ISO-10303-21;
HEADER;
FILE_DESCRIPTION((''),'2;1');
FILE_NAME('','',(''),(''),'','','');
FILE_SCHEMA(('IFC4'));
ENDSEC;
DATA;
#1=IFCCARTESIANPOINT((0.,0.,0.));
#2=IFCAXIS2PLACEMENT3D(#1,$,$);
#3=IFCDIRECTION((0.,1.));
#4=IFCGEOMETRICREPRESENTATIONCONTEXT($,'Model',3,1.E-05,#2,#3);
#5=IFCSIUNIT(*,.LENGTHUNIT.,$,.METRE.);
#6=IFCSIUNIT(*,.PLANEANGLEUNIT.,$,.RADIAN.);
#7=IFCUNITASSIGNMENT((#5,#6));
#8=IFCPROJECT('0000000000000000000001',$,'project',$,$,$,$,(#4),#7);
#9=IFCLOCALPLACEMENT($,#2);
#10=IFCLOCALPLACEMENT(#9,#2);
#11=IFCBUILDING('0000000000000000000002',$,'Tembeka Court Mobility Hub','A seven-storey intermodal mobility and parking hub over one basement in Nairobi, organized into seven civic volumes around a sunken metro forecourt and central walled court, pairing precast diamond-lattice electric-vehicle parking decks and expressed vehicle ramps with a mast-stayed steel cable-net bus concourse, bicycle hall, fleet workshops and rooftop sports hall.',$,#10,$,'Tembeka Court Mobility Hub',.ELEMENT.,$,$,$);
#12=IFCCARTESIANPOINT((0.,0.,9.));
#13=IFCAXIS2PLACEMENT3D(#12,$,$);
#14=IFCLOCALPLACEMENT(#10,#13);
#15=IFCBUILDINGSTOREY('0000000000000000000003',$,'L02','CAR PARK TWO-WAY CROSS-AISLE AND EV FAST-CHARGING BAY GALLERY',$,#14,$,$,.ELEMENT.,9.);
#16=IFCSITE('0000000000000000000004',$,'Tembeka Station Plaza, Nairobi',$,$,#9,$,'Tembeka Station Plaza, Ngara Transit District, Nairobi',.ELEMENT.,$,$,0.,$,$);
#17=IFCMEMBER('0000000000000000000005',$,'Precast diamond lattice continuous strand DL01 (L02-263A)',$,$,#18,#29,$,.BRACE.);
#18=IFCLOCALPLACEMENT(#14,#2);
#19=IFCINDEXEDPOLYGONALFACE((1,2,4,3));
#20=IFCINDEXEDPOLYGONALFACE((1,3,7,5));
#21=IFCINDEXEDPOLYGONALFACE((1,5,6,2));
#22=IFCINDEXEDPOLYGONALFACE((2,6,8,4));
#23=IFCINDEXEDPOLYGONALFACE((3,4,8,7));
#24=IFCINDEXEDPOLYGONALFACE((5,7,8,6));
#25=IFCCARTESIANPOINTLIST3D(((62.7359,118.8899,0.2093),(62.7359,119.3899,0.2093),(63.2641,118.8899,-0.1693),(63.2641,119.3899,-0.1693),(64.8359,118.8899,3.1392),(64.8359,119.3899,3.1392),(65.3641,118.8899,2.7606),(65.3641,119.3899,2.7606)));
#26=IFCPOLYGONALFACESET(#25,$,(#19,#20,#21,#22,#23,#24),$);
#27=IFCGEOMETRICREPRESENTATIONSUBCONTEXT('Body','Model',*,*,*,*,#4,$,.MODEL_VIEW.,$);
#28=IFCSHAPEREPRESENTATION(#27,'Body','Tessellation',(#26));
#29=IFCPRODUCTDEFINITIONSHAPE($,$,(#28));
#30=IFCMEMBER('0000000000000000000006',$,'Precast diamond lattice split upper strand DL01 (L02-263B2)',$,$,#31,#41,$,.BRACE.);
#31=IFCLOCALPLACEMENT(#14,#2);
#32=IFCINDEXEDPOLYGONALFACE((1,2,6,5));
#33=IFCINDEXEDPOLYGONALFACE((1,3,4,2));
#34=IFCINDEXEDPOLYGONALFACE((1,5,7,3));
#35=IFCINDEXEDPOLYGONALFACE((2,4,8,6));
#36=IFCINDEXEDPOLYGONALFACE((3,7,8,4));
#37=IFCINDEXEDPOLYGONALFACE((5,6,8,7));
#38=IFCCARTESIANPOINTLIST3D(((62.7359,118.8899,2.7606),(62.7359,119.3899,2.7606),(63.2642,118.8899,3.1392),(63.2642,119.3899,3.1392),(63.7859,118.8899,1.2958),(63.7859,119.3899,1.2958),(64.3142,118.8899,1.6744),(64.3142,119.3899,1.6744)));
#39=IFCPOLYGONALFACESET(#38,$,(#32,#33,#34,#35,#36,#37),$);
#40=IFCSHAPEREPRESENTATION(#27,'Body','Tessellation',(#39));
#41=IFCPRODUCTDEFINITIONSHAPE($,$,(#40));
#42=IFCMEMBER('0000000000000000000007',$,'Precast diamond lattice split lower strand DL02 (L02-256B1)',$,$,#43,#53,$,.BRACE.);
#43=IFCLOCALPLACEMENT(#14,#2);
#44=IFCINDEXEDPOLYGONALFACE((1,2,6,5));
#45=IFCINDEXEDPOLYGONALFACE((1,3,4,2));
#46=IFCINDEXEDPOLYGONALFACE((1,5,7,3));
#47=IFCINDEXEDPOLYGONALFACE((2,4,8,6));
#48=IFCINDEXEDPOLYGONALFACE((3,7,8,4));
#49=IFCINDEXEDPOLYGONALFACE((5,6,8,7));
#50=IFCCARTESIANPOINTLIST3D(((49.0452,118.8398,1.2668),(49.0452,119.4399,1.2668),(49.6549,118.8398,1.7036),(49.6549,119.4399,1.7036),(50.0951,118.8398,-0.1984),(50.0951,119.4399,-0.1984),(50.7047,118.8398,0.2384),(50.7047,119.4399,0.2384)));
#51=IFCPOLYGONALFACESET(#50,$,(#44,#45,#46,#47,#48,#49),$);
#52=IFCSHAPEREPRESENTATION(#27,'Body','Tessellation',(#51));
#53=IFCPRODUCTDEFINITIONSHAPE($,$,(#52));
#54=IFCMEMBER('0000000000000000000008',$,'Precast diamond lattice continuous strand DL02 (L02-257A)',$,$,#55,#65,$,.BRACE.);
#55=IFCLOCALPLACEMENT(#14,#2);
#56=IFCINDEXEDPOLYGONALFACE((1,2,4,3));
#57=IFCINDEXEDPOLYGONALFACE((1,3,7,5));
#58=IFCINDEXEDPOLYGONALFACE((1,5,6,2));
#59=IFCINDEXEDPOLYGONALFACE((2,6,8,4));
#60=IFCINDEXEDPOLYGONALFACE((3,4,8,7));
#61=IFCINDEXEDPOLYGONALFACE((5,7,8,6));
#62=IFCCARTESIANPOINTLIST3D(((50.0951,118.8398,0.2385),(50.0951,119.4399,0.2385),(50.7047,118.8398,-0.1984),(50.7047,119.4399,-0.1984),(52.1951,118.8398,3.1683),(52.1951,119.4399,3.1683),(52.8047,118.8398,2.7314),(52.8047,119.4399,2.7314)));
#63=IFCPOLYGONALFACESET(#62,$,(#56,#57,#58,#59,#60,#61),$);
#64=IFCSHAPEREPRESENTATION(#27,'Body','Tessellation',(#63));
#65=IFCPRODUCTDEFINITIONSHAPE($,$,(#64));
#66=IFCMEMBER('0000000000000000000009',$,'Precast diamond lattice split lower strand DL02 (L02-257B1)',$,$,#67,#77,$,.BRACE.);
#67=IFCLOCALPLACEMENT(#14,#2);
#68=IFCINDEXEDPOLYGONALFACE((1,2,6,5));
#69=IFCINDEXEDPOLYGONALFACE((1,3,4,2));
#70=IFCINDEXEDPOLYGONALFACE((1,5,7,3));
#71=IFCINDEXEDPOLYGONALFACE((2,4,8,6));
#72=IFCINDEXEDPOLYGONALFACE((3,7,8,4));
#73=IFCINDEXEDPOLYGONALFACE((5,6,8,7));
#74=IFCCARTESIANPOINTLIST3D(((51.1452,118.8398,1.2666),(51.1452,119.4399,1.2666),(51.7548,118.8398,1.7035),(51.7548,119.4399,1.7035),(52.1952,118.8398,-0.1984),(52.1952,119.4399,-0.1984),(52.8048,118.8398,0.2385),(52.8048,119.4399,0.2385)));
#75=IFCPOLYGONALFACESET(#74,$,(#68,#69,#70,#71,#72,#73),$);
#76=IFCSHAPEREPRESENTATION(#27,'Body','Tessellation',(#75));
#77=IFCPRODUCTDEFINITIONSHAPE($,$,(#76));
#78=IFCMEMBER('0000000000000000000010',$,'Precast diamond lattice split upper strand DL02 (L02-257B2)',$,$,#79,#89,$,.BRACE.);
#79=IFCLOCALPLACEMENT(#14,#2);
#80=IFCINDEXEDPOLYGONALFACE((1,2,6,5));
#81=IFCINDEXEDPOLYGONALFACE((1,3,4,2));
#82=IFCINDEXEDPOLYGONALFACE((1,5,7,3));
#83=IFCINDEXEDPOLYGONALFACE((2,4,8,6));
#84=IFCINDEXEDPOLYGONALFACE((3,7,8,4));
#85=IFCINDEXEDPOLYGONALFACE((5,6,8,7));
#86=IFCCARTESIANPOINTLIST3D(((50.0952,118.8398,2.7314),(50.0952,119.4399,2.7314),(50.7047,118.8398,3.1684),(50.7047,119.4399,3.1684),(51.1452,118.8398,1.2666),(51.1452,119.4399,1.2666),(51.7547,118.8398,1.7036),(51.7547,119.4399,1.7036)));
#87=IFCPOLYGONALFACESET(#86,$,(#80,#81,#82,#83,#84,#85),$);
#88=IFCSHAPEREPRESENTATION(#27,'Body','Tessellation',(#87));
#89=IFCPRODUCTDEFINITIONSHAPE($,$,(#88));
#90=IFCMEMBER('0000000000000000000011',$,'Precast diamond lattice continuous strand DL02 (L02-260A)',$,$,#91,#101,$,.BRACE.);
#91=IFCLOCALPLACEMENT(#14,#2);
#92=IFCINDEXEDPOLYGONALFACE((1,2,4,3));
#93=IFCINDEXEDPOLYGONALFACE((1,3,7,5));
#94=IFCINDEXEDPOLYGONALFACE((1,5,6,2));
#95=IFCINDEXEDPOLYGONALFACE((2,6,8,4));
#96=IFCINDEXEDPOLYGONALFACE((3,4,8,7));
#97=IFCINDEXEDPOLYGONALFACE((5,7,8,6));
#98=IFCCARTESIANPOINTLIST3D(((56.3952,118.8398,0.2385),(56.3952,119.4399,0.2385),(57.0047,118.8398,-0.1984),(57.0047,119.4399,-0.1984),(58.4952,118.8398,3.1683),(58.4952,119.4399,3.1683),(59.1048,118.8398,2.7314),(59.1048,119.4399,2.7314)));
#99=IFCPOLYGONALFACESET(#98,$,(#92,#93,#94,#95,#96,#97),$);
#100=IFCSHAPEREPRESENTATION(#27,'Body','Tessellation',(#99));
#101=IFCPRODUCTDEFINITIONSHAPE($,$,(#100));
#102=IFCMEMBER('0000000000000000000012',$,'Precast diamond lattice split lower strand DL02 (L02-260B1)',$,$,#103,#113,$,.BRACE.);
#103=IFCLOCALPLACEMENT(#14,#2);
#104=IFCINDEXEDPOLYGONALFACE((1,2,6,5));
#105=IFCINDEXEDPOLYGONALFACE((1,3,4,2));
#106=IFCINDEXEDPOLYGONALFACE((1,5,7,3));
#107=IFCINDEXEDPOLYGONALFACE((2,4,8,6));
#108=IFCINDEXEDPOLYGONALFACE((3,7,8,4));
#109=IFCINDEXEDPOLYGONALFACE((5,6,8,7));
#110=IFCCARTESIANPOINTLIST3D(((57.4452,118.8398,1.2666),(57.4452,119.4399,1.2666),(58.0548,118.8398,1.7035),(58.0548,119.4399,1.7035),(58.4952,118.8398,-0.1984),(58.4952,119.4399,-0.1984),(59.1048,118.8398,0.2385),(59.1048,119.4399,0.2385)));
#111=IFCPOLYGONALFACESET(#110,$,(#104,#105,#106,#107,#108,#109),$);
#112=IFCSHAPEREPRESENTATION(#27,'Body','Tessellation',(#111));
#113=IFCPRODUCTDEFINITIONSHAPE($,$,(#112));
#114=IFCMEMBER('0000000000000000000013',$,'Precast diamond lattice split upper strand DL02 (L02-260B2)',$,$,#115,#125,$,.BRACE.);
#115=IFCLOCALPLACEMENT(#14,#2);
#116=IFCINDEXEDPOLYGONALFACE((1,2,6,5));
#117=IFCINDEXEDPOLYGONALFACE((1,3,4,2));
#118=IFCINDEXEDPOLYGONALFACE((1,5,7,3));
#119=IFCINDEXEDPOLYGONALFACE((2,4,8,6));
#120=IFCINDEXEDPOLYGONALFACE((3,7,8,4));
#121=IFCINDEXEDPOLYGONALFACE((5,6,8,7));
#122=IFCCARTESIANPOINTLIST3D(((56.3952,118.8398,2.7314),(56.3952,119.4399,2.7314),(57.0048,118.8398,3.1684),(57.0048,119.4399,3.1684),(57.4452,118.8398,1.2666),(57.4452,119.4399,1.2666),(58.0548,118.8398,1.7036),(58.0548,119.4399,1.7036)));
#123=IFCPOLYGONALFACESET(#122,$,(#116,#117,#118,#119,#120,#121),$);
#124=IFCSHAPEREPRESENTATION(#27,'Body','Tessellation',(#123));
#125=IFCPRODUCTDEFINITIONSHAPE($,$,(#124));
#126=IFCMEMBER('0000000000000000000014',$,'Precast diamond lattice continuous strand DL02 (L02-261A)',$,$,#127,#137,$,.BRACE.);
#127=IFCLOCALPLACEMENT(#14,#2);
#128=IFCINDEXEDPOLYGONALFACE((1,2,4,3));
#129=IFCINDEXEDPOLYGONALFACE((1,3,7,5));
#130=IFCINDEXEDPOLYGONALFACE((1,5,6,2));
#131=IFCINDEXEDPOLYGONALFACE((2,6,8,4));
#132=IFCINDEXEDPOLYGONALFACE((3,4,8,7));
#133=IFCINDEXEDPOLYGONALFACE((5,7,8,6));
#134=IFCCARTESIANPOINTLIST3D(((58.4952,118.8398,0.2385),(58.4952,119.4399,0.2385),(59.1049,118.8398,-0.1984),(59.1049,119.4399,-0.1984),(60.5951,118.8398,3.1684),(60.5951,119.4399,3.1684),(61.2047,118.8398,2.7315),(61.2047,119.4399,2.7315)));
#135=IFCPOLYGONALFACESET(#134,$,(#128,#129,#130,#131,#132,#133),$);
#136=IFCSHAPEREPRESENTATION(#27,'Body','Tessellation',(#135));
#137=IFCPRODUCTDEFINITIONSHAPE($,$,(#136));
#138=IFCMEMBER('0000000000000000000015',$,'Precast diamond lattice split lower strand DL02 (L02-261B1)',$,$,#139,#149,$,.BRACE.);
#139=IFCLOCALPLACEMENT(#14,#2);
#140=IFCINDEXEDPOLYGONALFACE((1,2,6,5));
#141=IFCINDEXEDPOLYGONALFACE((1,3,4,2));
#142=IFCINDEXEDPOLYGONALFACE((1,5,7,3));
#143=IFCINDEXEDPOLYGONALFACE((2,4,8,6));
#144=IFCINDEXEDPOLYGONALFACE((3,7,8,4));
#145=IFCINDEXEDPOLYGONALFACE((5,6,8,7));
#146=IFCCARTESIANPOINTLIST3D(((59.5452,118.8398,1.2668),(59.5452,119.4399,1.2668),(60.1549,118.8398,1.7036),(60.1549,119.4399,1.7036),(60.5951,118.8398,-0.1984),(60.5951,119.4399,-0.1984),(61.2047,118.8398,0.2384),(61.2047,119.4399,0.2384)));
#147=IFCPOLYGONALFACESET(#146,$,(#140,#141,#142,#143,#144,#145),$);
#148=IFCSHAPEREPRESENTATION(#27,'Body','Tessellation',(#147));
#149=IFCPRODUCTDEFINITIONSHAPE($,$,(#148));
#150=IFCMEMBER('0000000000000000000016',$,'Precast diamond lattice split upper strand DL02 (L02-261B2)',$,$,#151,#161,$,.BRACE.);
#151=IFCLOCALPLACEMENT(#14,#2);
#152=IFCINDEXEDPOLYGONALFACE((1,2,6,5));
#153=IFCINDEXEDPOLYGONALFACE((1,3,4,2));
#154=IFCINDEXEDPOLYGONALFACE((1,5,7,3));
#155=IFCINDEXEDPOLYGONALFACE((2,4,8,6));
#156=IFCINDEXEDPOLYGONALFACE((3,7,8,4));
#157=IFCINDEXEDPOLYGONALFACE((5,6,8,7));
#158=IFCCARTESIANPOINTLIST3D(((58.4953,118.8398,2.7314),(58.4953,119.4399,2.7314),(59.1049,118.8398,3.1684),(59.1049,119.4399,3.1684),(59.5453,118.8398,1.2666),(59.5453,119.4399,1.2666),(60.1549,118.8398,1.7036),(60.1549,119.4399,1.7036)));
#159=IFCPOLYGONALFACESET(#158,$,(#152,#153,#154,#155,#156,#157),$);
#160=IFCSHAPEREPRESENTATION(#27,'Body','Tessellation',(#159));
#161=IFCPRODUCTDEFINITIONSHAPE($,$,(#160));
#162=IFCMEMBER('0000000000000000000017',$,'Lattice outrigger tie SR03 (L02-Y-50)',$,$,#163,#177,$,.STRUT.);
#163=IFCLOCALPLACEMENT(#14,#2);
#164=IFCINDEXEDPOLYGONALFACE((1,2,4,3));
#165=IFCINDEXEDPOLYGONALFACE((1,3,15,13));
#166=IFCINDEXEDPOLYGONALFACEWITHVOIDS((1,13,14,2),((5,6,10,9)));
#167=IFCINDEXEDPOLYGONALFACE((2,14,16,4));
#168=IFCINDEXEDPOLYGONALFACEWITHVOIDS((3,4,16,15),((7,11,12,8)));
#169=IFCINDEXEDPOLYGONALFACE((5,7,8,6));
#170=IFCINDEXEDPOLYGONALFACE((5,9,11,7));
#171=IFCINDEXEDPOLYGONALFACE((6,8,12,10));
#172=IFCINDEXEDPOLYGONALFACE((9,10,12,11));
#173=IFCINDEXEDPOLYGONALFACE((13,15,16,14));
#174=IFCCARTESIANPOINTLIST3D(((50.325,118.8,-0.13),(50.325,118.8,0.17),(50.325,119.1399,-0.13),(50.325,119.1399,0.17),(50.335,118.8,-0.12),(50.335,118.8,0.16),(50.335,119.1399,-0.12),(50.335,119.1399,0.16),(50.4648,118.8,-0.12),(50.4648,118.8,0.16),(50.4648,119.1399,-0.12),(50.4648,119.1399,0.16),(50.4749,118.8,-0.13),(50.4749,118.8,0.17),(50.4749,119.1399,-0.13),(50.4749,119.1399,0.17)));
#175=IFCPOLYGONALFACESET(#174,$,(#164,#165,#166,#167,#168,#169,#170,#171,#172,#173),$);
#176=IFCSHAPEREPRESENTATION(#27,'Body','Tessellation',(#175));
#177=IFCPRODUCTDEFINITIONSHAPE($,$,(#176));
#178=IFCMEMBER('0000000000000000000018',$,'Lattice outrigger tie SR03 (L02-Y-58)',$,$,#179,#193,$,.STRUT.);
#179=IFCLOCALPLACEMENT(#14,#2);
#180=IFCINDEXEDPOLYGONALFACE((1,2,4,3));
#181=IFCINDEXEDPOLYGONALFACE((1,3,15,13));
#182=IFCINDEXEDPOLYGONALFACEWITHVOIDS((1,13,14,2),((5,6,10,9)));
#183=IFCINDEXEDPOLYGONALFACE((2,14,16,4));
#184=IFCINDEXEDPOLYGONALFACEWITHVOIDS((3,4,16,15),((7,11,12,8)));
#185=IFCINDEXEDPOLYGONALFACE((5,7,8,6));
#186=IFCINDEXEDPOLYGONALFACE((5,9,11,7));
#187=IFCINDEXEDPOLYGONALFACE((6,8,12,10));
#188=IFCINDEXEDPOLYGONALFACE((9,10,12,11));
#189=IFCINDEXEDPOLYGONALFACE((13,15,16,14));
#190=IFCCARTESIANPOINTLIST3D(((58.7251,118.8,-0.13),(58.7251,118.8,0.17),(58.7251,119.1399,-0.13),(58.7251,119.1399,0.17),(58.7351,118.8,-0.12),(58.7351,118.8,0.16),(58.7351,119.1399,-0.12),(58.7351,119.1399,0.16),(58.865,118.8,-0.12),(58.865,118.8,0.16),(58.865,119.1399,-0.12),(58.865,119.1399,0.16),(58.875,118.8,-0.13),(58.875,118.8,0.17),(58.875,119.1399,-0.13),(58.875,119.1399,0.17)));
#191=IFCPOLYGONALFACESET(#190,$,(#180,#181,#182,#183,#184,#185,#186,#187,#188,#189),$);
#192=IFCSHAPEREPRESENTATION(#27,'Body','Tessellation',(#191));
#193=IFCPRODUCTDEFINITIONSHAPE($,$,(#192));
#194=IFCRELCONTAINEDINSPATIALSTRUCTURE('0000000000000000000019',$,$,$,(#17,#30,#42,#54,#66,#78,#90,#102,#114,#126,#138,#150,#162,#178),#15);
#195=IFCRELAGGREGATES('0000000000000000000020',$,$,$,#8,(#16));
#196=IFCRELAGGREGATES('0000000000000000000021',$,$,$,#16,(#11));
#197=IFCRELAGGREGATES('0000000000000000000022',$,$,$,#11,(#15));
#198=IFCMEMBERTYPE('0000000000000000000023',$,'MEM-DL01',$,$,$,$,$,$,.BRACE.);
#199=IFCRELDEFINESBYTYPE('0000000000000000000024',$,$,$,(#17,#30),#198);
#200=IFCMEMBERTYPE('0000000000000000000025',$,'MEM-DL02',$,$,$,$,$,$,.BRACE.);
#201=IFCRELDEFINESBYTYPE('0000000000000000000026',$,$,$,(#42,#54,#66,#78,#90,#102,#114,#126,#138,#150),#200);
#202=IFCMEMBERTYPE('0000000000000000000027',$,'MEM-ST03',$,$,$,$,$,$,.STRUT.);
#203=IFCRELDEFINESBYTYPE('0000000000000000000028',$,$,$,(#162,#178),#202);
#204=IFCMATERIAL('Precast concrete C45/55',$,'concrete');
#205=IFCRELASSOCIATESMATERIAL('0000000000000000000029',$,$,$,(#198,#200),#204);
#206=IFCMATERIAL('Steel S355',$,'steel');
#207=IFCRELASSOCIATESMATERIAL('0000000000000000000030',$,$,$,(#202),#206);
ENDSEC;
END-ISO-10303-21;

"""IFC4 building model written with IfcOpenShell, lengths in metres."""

from ifc_helpers import new_model, si_unit, direction, frame, origin, origin_2d, place, context, subcontext, project, spatial, rectangle, hollow_rectangle, extrude, material, material_profile, profile_set, type_object, element, save


model = new_model("IFC4")

# Units and contexts
model_context = context("Model", 3, precision=1e-05, world=origin(), true_north=direction((0.0, 1.0)))
body_context = subcontext(model_context, "Body", "Model", "MODEL_VIEW")
ifc_project = project(units=[si_unit("LENGTHUNIT", "METRE"), si_unit("PLANEANGLEUNIT", "RADIAN")], contexts=[model_context])

# Site, building, storey
site_placement = place(None, origin())
site = spatial("IfcSite", under=ifc_project, at=site_placement, Name="Tembeka Station Plaza, Nairobi", LongName="Tembeka Station Plaza, Ngara Transit District, Nairobi", CompositionType="ELEMENT", RefElevation=0.0)
building_placement = place(site_placement, origin())
building = spatial("IfcBuilding", under=site, at=building_placement, Name="Tembeka Court Mobility Hub", Description="A seven-storey intermodal mobility and parking hub over one basement in Nairobi, organized into seven civic volumes around a sunken metro forecourt and central walled court, pairing precast diamond-lattice electric-vehicle parking decks and expressed vehicle ramps with a mast-stayed steel cable-net bus concourse, bicycle hall, fleet workshops and rooftop sports hall.", LongName="Tembeka Court Mobility Hub", CompositionType="ELEMENT")
storey_placement = place(building_placement, frame((0.0, 0.0, 9.0)))
storey = spatial("IfcBuildingStorey", under=building, at=storey_placement, Name="L02", Description="CAR PARK TWO-WAY CROSS-AISLE AND EV FAST-CHARGING BAY GALLERY", CompositionType="ELEMENT", Elevation=9.0)

# Shared definitions
ifc_material_1 = material(Name="Steel S355", Category="steel")

# Shared definitions
ifc_material_2 = material(Name="Precast concrete C45/55", Category="concrete")

# Members
ifc_material_profile_1 = material_profile(ifc_material_2, rectangle(XDim=0.5, YDim=0.6499, at=origin_2d()), Name="PC-DIAG 500x650")
ifc_profile_set_1 = profile_set([ifc_material_profile_1], Name="Precast concrete C45/55")
member_type_1 = type_object("IfcMemberType", Name="MEM-DL01", PredefinedType="BRACE", material=ifc_profile_set_1)
member_1_placement = place(storey_placement, frame((63.0, 119.1399, 0.02), z_axis=(0.582576, 0.0, 0.812776), x_axis=(0.0, 1.0, 0.0)))
element("IfcMember", 1, at=member_1_placement, inside=storey, type_object=member_type_1, Name="Precast diamond lattice continuous strand DL01 (L02-263A)", PredefinedType="BRACE", context=body_context, shape_type="SweptSolid", body=[
    extrude(rectangle(XDim=0.5, YDim=0.6499, at=origin_2d()), origin(), (0.0, 0.0, 1.0), 3.6047),
])
member_2_placement = place(storey_placement, frame((64.05, 119.1399, 1.4851), z_axis=(-0.582608, 0.0, 0.812753), x_axis=(0.0, -1.0, 0.0)))
element("IfcMember", 2, at=member_2_placement, inside=storey, type_object=member_type_1, Name="Precast diamond lattice split upper strand DL01 (L02-263B2)", PredefinedType="BRACE", context=body_context, shape_type="SweptSolid", body=[
    extrude(rectangle(XDim=0.5, YDim=0.6499, at=origin_2d()), origin(), (0.0, 0.0, 1.0), 1.8022),
])
ifc_material_profile_2 = material_profile(ifc_material_2, rectangle(XDim=0.6001, YDim=0.75, at=origin_2d()), Name="PC-DIAG 600x750")
ifc_profile_set_2 = profile_set([ifc_material_profile_2], Name="Precast concrete C45/55")
member_type_2 = type_object("IfcMemberType", Name="MEM-DL02", PredefinedType="BRACE", material=ifc_profile_set_2)
member_3_placement = place(storey_placement, frame((50.3999, 119.1399, 0.02), z_axis=(-0.582455, 0.0, 0.812863), x_axis=(0.0, -1.0, 0.0)))
element("IfcMember", 3, at=member_3_placement, inside=storey, type_object=member_type_2, Name="Precast diamond lattice split lower strand DL02 (L02-256B1)", PredefinedType="BRACE", context=body_context, shape_type="SweptSolid", body=[
    extrude(rectangle(XDim=0.6001, YDim=0.75, at=origin_2d()), origin(), (0.0, 0.0, 1.0), 1.8025),
])
member_4_placement = place(storey_placement, frame((50.3999, 119.1399, 0.02), z_axis=(0.582576, 0.0, 0.812776), x_axis=(0.0, 1.0, 0.0)))
element("IfcMember", 4, at=member_4_placement, inside=storey, type_object=member_type_2, Name="Precast diamond lattice continuous strand DL02 (L02-257A)", PredefinedType="BRACE", context=body_context, shape_type="SweptSolid", body=[
    extrude(rectangle(XDim=0.6001, YDim=0.75, at=origin_2d()), origin(), (0.0, 0.0, 1.0), 3.6047),
])
member_5_placement = place(storey_placement, frame((52.5, 119.1399, 0.02), z_axis=(-0.582544, 0.0, 0.812799), x_axis=(0.0, -1.0, 0.0)))
element("IfcMember", 5, at=member_5_placement, inside=storey, type_object=member_type_2, Name="Precast diamond lattice split lower strand DL02 (L02-257B1)", PredefinedType="BRACE", context=body_context, shape_type="SweptSolid", body=[
    extrude(rectangle(XDim=0.6001, YDim=0.75, at=origin_2d()), origin(), (0.0, 0.0, 1.0), 1.8025),
])
member_6_placement = place(storey_placement, frame((51.45, 119.1399, 1.4851), z_axis=(-0.582608, 0.0, 0.812753), x_axis=(0.0, -1.0, 0.0)))
element("IfcMember", 6, at=member_6_placement, inside=storey, type_object=member_type_2, Name="Precast diamond lattice split upper strand DL02 (L02-257B2)", PredefinedType="BRACE", context=body_context, shape_type="SweptSolid", body=[
    extrude(rectangle(XDim=0.6001, YDim=0.75, at=origin_2d()), origin(), (0.0, 0.0, 1.0), 1.8022),
])
member_7_placement = place(storey_placement, frame((56.7, 119.1399, 0.02), z_axis=(0.582576, 0.0, 0.812776), x_axis=(0.0, 1.0, 0.0)))
element("IfcMember", 7, at=member_7_placement, inside=storey, type_object=member_type_2, Name="Precast diamond lattice continuous strand DL02 (L02-260A)", PredefinedType="BRACE", context=body_context, shape_type="SweptSolid", body=[
    extrude(rectangle(XDim=0.6001, YDim=0.75, at=origin_2d()), origin(), (0.0, 0.0, 1.0), 3.6047),
])
member_8_placement = place(storey_placement, frame((58.8, 119.1399, 0.02), z_axis=(-0.582544, 0.0, 0.812799), x_axis=(0.0, -1.0, 0.0)))
element("IfcMember", 8, at=member_8_placement, inside=storey, type_object=member_type_2, Name="Precast diamond lattice split lower strand DL02 (L02-260B1)", PredefinedType="BRACE", context=body_context, shape_type="SweptSolid", body=[
    extrude(rectangle(XDim=0.6001, YDim=0.75, at=origin_2d()), origin(), (0.0, 0.0, 1.0), 1.8025),
])
member_9_placement = place(storey_placement, frame((57.75, 119.1399, 1.4851), z_axis=(-0.582608, 0.0, 0.812753), x_axis=(0.0, -1.0, 0.0)))
element("IfcMember", 9, at=member_9_placement, inside=storey, type_object=member_type_2, Name="Precast diamond lattice split upper strand DL02 (L02-260B2)", PredefinedType="BRACE", context=body_context, shape_type="SweptSolid", body=[
    extrude(rectangle(XDim=0.6001, YDim=0.75, at=origin_2d()), origin(), (0.0, 0.0, 1.0), 1.8022),
])
member_10_placement = place(storey_placement, frame((58.8, 119.1399, 0.02), z_axis=(0.582532, 0.0, 0.812808), x_axis=(0.0, 1.0, 0.0)))
element("IfcMember", 10, at=member_10_placement, inside=storey, type_object=member_type_2, Name="Precast diamond lattice continuous strand DL02 (L02-261A)", PredefinedType="BRACE", context=body_context, shape_type="SweptSolid", body=[
    extrude(rectangle(XDim=0.6001, YDim=0.75, at=origin_2d()), origin(), (0.0, 0.0, 1.0), 3.6047),
])
member_11_placement = place(storey_placement, frame((60.8999, 119.1399, 0.02), z_axis=(-0.582455, 0.0, 0.812863), x_axis=(0.0, -1.0, 0.0)))
element("IfcMember", 11, at=member_11_placement, inside=storey, type_object=member_type_2, Name="Precast diamond lattice split lower strand DL02 (L02-261B1)", PredefinedType="BRACE", context=body_context, shape_type="SweptSolid", body=[
    extrude(rectangle(XDim=0.6001, YDim=0.75, at=origin_2d()), origin(), (0.0, 0.0, 1.0), 1.8025),
])
member_12_placement = place(storey_placement, frame((59.8501, 119.1399, 1.4851), z_axis=(-0.582608, 0.0, 0.812753), x_axis=(0.0, -1.0, 0.0)))
element("IfcMember", 12, at=member_12_placement, inside=storey, type_object=member_type_2, Name="Precast diamond lattice split upper strand DL02 (L02-261B2)", PredefinedType="BRACE", context=body_context, shape_type="SweptSolid", body=[
    extrude(rectangle(XDim=0.6001, YDim=0.75, at=origin_2d()), origin(), (0.0, 0.0, 1.0), 1.8022),
])
ifc_material_profile_3 = material_profile(ifc_material_1, hollow_rectangle(XDim=0.1499, YDim=0.3, WallThickness=0.01, at=origin_2d()), Name="RHS 300x150x10")
ifc_profile_set_3 = profile_set([ifc_material_profile_3], Name="Steel S355")
member_type_3 = type_object("IfcMemberType", Name="MEM-ST03", PredefinedType="STRUT", material=ifc_profile_set_3)
for number, where, z_axis, x_axis, name in (
    (13, (50.3999, 118.8, 0.02), (0.0, 1.0, 0.0), (-1.0, 0.0, 0.0), "Lattice outrigger tie SR03 (L02-Y-50)"),
    (14, (58.8, 118.8, 0.02), (0.0, 1.0, 0.0), (-1.0, 0.0, 0.0), "Lattice outrigger tie SR03 (L02-Y-58)"),
):
    element("IfcMember", number, at=place(storey_placement, frame(where, z_axis=z_axis, x_axis=x_axis)), inside=storey, type_object=member_type_3, Name=name, PredefinedType="STRUT", context=body_context, shape_type="SweptSolid", body=[
        extrude(hollow_rectangle(XDim=0.1499, YDim=0.3, WallThickness=0.01, at=origin_2d()), origin(), (0.0, 0.0, 1.0), 0.3398),
    ])

save(model, "model.ifc")
